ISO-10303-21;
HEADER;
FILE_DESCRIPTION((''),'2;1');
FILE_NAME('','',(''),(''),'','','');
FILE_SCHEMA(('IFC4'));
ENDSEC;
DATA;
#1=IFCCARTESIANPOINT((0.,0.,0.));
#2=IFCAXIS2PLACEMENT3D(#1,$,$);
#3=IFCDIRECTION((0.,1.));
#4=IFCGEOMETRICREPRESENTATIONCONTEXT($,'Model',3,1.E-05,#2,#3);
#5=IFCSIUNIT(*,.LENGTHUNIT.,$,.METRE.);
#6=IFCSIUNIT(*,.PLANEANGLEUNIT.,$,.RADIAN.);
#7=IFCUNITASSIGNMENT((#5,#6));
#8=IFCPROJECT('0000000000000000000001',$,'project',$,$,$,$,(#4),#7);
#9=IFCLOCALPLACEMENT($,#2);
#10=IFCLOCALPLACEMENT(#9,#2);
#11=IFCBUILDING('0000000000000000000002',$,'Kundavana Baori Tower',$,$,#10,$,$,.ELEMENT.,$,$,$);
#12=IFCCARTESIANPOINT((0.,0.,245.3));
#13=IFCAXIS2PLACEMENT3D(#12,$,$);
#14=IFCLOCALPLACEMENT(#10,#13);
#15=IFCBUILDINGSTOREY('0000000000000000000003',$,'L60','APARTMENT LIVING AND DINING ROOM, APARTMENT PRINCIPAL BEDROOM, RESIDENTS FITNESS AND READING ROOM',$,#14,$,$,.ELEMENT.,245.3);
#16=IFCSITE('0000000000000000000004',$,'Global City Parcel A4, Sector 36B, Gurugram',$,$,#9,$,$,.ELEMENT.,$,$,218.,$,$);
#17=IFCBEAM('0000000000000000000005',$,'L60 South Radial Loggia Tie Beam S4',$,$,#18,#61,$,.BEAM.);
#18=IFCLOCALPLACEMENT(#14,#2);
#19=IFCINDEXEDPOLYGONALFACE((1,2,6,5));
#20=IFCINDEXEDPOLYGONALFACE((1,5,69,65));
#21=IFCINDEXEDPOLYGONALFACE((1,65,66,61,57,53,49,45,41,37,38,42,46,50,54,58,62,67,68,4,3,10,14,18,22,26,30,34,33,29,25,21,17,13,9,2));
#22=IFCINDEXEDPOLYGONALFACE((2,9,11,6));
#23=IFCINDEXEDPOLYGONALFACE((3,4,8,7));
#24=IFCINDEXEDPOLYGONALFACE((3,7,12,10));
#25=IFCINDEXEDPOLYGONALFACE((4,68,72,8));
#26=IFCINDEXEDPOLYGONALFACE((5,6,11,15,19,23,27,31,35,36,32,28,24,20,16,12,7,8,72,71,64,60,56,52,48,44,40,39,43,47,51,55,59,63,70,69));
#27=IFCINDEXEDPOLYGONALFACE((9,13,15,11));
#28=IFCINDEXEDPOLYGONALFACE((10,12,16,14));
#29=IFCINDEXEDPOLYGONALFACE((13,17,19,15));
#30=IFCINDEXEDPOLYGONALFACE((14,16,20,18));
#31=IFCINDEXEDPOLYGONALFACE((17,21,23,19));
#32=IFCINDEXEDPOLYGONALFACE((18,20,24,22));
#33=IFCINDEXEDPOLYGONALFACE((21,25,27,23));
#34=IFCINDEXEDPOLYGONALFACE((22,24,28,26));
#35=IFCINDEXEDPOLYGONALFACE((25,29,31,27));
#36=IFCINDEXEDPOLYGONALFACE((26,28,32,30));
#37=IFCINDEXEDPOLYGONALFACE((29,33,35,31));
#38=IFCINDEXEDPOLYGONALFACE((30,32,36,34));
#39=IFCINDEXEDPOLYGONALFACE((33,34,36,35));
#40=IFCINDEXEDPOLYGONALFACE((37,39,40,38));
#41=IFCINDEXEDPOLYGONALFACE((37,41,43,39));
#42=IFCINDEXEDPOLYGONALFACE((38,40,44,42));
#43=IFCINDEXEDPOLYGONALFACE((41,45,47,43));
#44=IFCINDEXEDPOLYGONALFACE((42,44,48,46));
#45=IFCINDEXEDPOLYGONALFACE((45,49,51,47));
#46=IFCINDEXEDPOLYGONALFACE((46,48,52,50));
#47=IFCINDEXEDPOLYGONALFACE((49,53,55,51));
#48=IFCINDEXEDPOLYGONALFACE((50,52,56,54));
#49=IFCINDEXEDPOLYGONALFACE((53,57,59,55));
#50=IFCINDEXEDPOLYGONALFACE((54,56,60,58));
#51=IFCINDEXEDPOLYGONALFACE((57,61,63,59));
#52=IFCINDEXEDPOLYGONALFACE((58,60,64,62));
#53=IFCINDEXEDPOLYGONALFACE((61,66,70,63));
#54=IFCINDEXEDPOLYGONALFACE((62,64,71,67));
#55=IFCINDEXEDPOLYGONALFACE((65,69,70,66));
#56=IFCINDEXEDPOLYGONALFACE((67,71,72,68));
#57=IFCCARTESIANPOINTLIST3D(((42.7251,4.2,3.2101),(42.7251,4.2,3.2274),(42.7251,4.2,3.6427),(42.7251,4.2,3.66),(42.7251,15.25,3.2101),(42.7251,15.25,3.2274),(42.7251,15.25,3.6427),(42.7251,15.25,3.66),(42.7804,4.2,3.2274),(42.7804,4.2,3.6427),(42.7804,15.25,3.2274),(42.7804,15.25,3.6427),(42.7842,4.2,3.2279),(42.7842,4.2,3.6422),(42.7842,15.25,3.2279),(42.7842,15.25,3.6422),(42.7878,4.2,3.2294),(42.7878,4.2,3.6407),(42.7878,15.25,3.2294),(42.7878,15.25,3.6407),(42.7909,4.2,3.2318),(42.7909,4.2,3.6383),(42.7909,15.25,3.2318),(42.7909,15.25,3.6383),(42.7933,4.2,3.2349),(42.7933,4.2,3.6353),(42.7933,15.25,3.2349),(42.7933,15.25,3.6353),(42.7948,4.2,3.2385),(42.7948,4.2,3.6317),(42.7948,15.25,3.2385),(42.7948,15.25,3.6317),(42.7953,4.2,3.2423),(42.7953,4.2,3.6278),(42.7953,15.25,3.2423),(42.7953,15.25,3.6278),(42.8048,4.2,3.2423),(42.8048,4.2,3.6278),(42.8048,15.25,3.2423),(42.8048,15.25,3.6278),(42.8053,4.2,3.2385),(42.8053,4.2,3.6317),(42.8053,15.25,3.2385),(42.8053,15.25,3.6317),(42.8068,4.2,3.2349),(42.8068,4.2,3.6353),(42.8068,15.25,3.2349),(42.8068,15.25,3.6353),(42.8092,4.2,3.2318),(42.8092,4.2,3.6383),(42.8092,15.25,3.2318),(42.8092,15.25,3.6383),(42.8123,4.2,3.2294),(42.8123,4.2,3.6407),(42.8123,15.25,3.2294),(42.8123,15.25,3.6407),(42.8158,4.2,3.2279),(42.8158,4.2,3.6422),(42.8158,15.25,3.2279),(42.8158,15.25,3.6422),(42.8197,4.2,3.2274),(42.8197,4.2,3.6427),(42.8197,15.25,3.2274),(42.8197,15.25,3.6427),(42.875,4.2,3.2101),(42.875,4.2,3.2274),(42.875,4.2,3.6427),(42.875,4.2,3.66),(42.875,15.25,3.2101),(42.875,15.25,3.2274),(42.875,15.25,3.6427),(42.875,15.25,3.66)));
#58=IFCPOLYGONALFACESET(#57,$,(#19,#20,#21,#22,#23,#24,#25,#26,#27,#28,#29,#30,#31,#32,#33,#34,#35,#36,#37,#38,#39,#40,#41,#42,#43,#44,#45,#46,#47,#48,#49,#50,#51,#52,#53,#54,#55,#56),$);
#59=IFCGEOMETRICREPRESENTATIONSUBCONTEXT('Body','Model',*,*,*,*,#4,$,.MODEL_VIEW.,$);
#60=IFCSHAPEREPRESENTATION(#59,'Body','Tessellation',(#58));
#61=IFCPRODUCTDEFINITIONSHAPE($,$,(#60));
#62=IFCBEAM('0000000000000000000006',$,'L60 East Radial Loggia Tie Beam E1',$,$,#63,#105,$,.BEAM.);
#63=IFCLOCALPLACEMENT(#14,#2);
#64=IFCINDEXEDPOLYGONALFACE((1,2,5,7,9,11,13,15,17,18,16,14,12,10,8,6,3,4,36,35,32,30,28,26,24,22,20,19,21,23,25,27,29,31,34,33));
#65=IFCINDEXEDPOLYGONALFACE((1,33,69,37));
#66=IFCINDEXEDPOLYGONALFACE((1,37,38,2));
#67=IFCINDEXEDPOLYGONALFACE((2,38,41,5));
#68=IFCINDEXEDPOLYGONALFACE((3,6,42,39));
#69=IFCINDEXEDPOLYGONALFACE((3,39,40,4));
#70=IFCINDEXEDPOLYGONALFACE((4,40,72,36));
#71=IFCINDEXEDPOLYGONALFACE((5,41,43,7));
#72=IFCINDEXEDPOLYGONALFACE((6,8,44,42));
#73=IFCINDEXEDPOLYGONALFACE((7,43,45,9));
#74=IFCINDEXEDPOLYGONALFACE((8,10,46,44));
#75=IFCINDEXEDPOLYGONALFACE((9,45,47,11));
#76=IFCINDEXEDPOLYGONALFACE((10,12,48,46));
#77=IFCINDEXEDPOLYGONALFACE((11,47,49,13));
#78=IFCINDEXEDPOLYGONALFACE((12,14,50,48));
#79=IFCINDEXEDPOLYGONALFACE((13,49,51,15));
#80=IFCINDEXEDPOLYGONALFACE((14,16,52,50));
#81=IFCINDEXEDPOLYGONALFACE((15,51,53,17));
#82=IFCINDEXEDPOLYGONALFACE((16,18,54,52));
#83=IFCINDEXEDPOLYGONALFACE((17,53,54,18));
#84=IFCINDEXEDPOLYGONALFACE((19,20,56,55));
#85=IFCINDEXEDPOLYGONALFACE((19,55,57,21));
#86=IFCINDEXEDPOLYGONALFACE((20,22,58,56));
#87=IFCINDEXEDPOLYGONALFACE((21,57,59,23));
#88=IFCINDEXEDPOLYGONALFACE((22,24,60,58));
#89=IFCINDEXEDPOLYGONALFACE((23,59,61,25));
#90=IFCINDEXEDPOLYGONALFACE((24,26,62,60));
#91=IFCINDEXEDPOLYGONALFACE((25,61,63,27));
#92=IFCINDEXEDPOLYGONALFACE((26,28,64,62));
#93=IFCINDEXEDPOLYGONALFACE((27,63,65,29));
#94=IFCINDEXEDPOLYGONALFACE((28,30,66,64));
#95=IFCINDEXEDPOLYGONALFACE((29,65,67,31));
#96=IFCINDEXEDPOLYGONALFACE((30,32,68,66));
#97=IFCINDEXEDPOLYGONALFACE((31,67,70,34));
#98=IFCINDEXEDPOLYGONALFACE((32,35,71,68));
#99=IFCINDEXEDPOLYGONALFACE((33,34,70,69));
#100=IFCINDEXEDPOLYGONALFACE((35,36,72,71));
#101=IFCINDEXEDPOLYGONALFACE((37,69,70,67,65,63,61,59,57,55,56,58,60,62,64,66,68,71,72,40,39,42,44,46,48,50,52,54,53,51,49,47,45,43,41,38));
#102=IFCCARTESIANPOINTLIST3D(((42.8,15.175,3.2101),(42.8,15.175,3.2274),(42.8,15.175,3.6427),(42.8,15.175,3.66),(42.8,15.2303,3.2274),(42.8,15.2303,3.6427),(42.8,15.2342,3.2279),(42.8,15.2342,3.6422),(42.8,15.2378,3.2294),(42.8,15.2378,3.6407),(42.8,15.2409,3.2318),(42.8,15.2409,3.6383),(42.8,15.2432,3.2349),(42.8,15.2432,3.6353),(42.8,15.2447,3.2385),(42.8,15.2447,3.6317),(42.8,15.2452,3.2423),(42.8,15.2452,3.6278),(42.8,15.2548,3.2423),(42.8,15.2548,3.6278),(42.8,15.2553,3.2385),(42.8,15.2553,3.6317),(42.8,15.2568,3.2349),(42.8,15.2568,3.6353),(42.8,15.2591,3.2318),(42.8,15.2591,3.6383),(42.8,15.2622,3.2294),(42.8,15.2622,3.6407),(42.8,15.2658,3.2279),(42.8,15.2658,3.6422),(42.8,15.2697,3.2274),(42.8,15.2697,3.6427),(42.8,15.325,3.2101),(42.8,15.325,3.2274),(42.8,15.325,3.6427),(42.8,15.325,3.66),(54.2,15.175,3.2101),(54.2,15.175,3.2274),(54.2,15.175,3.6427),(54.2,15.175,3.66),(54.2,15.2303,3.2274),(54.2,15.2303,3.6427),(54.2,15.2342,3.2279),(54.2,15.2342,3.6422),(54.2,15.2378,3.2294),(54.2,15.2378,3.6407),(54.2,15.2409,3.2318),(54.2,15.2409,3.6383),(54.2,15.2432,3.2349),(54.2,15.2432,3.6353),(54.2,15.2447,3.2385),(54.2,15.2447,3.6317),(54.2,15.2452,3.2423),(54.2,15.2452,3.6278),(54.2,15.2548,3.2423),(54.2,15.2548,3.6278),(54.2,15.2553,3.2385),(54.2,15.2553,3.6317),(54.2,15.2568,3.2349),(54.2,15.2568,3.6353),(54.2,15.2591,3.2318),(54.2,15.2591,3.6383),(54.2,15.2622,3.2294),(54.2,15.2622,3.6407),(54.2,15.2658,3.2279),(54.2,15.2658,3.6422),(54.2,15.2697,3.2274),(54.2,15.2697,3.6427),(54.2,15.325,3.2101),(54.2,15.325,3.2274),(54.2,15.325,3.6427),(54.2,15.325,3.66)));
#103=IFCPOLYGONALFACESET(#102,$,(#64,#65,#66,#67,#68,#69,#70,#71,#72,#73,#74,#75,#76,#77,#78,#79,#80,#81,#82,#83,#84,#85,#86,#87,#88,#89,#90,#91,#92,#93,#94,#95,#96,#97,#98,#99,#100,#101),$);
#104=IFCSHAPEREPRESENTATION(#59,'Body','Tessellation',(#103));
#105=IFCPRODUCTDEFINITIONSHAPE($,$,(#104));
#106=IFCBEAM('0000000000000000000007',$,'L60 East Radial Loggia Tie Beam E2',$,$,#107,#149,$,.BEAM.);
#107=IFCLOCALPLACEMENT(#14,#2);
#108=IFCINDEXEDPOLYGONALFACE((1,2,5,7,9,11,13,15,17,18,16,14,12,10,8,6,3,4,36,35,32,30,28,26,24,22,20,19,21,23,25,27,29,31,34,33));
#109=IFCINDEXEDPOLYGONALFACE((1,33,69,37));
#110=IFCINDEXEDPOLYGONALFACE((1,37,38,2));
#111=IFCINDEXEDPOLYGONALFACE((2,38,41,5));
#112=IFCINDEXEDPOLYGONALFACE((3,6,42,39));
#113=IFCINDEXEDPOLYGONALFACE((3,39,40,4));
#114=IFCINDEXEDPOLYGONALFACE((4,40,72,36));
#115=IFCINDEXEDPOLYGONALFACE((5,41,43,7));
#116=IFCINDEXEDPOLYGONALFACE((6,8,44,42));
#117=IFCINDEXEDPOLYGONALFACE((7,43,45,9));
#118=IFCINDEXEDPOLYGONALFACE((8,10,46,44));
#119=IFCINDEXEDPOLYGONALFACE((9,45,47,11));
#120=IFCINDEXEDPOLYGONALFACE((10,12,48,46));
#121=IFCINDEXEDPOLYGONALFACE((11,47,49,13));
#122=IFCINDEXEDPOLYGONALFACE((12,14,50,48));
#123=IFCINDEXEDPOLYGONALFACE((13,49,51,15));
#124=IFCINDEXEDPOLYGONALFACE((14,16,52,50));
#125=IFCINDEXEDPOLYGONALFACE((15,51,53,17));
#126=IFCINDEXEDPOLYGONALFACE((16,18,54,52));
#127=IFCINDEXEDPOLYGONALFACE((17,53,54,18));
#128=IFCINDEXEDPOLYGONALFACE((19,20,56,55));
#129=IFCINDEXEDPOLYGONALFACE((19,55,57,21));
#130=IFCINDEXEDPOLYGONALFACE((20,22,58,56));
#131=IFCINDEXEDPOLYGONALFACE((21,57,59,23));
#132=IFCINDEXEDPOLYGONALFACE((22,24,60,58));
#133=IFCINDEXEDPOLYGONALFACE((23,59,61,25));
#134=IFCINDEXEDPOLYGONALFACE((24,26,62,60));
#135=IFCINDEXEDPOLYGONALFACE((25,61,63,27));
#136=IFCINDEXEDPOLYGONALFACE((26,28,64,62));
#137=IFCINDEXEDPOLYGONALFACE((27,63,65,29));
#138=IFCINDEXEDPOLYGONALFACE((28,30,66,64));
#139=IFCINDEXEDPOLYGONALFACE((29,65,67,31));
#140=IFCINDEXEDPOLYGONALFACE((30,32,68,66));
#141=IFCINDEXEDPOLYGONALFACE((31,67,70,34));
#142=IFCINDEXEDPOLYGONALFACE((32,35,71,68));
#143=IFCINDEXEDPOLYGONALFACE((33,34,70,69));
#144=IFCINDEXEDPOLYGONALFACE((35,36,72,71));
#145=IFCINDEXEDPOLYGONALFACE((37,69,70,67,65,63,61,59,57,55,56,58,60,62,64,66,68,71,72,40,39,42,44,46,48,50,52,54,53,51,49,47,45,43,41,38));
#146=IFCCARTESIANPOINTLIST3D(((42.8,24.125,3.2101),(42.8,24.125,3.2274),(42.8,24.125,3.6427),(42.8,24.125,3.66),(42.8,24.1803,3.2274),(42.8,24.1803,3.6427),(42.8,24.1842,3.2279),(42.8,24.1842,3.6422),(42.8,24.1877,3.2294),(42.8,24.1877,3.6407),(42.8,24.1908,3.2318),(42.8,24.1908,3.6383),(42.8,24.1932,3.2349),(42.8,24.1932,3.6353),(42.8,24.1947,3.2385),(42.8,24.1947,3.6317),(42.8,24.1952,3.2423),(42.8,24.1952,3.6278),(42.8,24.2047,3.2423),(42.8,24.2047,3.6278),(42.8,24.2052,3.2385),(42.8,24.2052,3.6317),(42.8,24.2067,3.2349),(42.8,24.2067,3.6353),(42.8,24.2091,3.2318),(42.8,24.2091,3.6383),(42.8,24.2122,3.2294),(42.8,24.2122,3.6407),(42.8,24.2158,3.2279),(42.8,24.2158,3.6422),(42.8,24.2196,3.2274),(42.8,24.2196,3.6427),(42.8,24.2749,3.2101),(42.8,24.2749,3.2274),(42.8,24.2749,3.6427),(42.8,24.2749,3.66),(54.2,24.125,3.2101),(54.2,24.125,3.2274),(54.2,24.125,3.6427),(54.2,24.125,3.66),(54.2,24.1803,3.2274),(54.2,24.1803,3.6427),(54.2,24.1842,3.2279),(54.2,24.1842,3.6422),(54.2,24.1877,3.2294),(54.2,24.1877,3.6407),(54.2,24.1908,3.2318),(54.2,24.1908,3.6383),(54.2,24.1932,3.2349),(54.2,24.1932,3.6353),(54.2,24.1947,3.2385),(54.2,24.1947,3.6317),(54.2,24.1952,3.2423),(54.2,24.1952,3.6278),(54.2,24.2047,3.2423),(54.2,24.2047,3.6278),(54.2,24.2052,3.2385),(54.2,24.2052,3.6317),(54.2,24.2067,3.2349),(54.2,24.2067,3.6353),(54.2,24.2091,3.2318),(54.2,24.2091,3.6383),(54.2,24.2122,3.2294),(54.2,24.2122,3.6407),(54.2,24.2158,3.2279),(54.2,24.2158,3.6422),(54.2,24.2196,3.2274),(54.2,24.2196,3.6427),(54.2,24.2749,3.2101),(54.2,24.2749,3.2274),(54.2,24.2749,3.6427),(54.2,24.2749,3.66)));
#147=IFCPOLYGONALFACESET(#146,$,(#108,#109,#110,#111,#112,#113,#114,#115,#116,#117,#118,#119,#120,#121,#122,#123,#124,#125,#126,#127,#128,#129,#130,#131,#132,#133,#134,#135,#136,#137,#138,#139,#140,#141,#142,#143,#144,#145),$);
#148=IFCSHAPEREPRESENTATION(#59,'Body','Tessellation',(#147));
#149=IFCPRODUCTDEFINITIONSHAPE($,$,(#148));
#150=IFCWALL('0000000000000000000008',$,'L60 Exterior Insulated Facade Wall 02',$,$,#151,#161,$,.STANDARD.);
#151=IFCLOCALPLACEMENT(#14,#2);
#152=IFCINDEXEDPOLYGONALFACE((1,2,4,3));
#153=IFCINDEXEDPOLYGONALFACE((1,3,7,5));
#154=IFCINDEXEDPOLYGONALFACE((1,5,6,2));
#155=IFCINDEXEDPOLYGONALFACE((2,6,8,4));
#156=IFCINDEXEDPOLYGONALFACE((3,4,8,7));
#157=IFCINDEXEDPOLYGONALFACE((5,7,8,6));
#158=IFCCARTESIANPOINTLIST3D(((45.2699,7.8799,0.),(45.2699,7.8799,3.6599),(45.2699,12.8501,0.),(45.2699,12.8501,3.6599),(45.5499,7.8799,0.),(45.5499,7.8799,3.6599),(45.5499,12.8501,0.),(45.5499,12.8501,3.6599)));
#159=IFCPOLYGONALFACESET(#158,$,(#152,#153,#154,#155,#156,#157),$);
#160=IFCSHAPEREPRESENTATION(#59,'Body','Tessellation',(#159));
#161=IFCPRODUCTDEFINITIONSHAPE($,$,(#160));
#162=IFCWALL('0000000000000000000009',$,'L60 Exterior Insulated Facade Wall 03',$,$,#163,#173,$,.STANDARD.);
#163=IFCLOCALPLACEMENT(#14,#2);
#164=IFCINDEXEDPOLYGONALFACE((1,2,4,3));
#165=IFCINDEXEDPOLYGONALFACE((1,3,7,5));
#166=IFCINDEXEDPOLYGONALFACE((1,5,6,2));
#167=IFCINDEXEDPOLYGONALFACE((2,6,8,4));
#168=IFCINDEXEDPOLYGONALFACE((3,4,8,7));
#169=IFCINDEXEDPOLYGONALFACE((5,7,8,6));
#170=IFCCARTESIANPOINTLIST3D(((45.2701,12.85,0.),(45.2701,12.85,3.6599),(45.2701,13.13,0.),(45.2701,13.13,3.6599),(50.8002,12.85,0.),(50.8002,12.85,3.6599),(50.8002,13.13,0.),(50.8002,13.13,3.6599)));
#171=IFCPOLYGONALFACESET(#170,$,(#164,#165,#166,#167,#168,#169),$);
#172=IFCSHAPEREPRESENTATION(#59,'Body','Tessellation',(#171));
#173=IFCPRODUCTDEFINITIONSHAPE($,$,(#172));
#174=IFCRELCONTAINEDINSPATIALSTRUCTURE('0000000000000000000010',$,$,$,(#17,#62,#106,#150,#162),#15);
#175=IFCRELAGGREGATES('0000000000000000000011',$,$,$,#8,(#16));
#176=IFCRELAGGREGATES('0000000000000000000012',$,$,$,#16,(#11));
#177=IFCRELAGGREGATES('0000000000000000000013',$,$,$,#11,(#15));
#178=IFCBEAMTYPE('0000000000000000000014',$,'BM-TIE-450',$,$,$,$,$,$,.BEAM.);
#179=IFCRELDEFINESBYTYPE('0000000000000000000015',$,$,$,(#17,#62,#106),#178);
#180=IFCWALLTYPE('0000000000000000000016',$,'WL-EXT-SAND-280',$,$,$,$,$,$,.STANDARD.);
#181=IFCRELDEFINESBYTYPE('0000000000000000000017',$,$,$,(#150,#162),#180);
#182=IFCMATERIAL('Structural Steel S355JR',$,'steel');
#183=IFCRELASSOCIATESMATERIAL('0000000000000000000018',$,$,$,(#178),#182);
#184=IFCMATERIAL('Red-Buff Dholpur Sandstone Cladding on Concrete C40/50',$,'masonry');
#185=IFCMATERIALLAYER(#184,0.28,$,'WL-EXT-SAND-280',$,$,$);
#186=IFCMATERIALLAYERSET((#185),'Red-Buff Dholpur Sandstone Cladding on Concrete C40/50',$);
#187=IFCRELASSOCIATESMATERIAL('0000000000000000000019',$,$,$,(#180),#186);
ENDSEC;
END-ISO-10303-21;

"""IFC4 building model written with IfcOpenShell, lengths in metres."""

from ifc_helpers import new_model, si_unit, direction, frame, frame_2d, origin, origin_2d, place, context, subcontext, project, spatial, rectangle, i_section, extrude, material, layer, layer_set, material_profile, profile_set, type_object, element, save


model = new_model("IFC4")

# Units and contexts
model_context = context("Model", 3, precision=1e-05, world=origin(), true_north=direction((0.0, 1.0)))
body_context = subcontext(model_context, "Body", "Model", "MODEL_VIEW")
ifc_project = project(units=[si_unit("LENGTHUNIT", "METRE"), si_unit("PLANEANGLEUNIT", "RADIAN")], contexts=[model_context])

# Site, building, storey
site_placement = place(None, origin())
site = spatial("IfcSite", under=ifc_project, at=site_placement, Name="Global City Parcel A4, Sector 36B, Gurugram", CompositionType="ELEMENT", RefElevation=218.0)
building_placement = place(site_placement, origin())
building = spatial("IfcBuilding", under=site, at=building_placement, Name="Kundavana Baori Tower", CompositionType="ELEMENT")
storey_placement = place(building_placement, frame((0.0, 0.0, 245.3)))
storey = spatial("IfcBuildingStorey", under=building, at=storey_placement, Name="L60", Description="APARTMENT LIVING AND DINING ROOM, APARTMENT PRINCIPAL BEDROOM, RESIDENTS FITNESS AND READING ROOM", CompositionType="ELEMENT", Elevation=245.3)

# Beams
ifc_material_1 = material(Name="Structural Steel S355JR", Category="steel")
ifc_material_profile_1 = material_profile(ifc_material_1, i_section(OverallWidth=0.1499, OverallDepth=0.45, WebThickness=0.0095, FlangeThickness=0.0173, FilletRadius=0.0149, at=origin_2d()), Name="ISMB 450")
ifc_profile_set_1 = profile_set([ifc_material_profile_1], Name="Structural Steel S355JR")
beam_type_1 = type_object("IfcBeamType", Name="BM-TIE-450", PredefinedType="BEAM", material=ifc_profile_set_1)
beam_1_placement = place(storey_placement, frame((42.8, 15.25, 3.4351), z_axis=(0.0, -1.0, 0.0), x_axis=(1.0, 0.0, 0.0)))
element("IfcBeam", 1, at=beam_1_placement, inside=storey, type_object=beam_type_1, Name="L60 South Radial Loggia Tie Beam S4", PredefinedType="BEAM", context=body_context, shape_type="SweptSolid", body=[
    extrude(i_section(OverallWidth=0.1499, OverallDepth=0.45, WebThickness=0.0095, FlangeThickness=0.0173, FilletRadius=0.0149, at=origin_2d()), origin(), (0.0, 0.0, 1.0), 11.05),
])
for number, where, z_axis, x_axis, name in (
    (2, (42.8, 15.25, 3.4351), (1.0, 0.0, 0.0), (0.0, 1.0, 0.0), "L60 East Radial Loggia Tie Beam E1"),
    (3, (42.8, 24.2, 3.4351), (1.0, 0.0, 0.0), (0.0, 1.0, 0.0), "L60 East Radial Loggia Tie Beam E2"),
):
    element("IfcBeam", number, at=place(storey_placement, frame(where, z_axis=z_axis, x_axis=x_axis)), inside=storey, type_object=beam_type_1, Name=name, PredefinedType="BEAM", context=body_context, shape_type="SweptSolid", body=[
        extrude(i_section(OverallWidth=0.1499, OverallDepth=0.45, WebThickness=0.0095, FlangeThickness=0.0173, FilletRadius=0.0149, at=origin_2d()), origin(), (0.0, 0.0, 1.0), 11.3999),
    ])

# Walls
ifc_material_2 = material(Name="Red-Buff Dholpur Sandstone Cladding on Concrete C40/50", Category="masonry")
ifc_layer_1 = layer(ifc_material_2, 0.28, Name="WL-EXT-SAND-280")
ifc_layer_set_1 = layer_set([ifc_layer_1], Name="Red-Buff Dholpur Sandstone Cladding on Concrete C40/50")
wall_type_1 = type_object("IfcWallType", Name="WL-EXT-SAND-280", PredefinedType="STANDARD", material=ifc_layer_set_1)
wall_1_placement = place(storey_placement, frame((45.4099, 7.8799, 0.0), z_axis=(0.0, 0.0, 1.0), x_axis=(0.0, 1.0, 0.0)))
element("IfcWall", 4, at=wall_1_placement, inside=storey, type_object=wall_type_1, Name="L60 Exterior Insulated Facade Wall 02", PredefinedType="STANDARD", context=body_context, shape_type="SweptSolid", body=[
    extrude(rectangle(XDim=4.9702, YDim=0.28, at=frame_2d((2.4851, 0.0))), origin(), (0.0, 0.0, 1.0), 3.6599),
])
wall_2_placement = place(storey_placement, frame((45.27, 12.99, 0.0), z_axis=(0.0, 0.0, 1.0), x_axis=(1.0, 0.0, 0.0)))
element("IfcWall", 5, at=wall_2_placement, inside=storey, type_object=wall_type_1, Name="L60 Exterior Insulated Facade Wall 03", PredefinedType="STANDARD", context=body_context, shape_type="SweptSolid", body=[
    extrude(rectangle(XDim=5.53, YDim=0.28, at=frame_2d((2.7651, 0.0))), origin(), (0.0, 0.0, 1.0), 3.6599),
])

save(model, "model.ifc")
